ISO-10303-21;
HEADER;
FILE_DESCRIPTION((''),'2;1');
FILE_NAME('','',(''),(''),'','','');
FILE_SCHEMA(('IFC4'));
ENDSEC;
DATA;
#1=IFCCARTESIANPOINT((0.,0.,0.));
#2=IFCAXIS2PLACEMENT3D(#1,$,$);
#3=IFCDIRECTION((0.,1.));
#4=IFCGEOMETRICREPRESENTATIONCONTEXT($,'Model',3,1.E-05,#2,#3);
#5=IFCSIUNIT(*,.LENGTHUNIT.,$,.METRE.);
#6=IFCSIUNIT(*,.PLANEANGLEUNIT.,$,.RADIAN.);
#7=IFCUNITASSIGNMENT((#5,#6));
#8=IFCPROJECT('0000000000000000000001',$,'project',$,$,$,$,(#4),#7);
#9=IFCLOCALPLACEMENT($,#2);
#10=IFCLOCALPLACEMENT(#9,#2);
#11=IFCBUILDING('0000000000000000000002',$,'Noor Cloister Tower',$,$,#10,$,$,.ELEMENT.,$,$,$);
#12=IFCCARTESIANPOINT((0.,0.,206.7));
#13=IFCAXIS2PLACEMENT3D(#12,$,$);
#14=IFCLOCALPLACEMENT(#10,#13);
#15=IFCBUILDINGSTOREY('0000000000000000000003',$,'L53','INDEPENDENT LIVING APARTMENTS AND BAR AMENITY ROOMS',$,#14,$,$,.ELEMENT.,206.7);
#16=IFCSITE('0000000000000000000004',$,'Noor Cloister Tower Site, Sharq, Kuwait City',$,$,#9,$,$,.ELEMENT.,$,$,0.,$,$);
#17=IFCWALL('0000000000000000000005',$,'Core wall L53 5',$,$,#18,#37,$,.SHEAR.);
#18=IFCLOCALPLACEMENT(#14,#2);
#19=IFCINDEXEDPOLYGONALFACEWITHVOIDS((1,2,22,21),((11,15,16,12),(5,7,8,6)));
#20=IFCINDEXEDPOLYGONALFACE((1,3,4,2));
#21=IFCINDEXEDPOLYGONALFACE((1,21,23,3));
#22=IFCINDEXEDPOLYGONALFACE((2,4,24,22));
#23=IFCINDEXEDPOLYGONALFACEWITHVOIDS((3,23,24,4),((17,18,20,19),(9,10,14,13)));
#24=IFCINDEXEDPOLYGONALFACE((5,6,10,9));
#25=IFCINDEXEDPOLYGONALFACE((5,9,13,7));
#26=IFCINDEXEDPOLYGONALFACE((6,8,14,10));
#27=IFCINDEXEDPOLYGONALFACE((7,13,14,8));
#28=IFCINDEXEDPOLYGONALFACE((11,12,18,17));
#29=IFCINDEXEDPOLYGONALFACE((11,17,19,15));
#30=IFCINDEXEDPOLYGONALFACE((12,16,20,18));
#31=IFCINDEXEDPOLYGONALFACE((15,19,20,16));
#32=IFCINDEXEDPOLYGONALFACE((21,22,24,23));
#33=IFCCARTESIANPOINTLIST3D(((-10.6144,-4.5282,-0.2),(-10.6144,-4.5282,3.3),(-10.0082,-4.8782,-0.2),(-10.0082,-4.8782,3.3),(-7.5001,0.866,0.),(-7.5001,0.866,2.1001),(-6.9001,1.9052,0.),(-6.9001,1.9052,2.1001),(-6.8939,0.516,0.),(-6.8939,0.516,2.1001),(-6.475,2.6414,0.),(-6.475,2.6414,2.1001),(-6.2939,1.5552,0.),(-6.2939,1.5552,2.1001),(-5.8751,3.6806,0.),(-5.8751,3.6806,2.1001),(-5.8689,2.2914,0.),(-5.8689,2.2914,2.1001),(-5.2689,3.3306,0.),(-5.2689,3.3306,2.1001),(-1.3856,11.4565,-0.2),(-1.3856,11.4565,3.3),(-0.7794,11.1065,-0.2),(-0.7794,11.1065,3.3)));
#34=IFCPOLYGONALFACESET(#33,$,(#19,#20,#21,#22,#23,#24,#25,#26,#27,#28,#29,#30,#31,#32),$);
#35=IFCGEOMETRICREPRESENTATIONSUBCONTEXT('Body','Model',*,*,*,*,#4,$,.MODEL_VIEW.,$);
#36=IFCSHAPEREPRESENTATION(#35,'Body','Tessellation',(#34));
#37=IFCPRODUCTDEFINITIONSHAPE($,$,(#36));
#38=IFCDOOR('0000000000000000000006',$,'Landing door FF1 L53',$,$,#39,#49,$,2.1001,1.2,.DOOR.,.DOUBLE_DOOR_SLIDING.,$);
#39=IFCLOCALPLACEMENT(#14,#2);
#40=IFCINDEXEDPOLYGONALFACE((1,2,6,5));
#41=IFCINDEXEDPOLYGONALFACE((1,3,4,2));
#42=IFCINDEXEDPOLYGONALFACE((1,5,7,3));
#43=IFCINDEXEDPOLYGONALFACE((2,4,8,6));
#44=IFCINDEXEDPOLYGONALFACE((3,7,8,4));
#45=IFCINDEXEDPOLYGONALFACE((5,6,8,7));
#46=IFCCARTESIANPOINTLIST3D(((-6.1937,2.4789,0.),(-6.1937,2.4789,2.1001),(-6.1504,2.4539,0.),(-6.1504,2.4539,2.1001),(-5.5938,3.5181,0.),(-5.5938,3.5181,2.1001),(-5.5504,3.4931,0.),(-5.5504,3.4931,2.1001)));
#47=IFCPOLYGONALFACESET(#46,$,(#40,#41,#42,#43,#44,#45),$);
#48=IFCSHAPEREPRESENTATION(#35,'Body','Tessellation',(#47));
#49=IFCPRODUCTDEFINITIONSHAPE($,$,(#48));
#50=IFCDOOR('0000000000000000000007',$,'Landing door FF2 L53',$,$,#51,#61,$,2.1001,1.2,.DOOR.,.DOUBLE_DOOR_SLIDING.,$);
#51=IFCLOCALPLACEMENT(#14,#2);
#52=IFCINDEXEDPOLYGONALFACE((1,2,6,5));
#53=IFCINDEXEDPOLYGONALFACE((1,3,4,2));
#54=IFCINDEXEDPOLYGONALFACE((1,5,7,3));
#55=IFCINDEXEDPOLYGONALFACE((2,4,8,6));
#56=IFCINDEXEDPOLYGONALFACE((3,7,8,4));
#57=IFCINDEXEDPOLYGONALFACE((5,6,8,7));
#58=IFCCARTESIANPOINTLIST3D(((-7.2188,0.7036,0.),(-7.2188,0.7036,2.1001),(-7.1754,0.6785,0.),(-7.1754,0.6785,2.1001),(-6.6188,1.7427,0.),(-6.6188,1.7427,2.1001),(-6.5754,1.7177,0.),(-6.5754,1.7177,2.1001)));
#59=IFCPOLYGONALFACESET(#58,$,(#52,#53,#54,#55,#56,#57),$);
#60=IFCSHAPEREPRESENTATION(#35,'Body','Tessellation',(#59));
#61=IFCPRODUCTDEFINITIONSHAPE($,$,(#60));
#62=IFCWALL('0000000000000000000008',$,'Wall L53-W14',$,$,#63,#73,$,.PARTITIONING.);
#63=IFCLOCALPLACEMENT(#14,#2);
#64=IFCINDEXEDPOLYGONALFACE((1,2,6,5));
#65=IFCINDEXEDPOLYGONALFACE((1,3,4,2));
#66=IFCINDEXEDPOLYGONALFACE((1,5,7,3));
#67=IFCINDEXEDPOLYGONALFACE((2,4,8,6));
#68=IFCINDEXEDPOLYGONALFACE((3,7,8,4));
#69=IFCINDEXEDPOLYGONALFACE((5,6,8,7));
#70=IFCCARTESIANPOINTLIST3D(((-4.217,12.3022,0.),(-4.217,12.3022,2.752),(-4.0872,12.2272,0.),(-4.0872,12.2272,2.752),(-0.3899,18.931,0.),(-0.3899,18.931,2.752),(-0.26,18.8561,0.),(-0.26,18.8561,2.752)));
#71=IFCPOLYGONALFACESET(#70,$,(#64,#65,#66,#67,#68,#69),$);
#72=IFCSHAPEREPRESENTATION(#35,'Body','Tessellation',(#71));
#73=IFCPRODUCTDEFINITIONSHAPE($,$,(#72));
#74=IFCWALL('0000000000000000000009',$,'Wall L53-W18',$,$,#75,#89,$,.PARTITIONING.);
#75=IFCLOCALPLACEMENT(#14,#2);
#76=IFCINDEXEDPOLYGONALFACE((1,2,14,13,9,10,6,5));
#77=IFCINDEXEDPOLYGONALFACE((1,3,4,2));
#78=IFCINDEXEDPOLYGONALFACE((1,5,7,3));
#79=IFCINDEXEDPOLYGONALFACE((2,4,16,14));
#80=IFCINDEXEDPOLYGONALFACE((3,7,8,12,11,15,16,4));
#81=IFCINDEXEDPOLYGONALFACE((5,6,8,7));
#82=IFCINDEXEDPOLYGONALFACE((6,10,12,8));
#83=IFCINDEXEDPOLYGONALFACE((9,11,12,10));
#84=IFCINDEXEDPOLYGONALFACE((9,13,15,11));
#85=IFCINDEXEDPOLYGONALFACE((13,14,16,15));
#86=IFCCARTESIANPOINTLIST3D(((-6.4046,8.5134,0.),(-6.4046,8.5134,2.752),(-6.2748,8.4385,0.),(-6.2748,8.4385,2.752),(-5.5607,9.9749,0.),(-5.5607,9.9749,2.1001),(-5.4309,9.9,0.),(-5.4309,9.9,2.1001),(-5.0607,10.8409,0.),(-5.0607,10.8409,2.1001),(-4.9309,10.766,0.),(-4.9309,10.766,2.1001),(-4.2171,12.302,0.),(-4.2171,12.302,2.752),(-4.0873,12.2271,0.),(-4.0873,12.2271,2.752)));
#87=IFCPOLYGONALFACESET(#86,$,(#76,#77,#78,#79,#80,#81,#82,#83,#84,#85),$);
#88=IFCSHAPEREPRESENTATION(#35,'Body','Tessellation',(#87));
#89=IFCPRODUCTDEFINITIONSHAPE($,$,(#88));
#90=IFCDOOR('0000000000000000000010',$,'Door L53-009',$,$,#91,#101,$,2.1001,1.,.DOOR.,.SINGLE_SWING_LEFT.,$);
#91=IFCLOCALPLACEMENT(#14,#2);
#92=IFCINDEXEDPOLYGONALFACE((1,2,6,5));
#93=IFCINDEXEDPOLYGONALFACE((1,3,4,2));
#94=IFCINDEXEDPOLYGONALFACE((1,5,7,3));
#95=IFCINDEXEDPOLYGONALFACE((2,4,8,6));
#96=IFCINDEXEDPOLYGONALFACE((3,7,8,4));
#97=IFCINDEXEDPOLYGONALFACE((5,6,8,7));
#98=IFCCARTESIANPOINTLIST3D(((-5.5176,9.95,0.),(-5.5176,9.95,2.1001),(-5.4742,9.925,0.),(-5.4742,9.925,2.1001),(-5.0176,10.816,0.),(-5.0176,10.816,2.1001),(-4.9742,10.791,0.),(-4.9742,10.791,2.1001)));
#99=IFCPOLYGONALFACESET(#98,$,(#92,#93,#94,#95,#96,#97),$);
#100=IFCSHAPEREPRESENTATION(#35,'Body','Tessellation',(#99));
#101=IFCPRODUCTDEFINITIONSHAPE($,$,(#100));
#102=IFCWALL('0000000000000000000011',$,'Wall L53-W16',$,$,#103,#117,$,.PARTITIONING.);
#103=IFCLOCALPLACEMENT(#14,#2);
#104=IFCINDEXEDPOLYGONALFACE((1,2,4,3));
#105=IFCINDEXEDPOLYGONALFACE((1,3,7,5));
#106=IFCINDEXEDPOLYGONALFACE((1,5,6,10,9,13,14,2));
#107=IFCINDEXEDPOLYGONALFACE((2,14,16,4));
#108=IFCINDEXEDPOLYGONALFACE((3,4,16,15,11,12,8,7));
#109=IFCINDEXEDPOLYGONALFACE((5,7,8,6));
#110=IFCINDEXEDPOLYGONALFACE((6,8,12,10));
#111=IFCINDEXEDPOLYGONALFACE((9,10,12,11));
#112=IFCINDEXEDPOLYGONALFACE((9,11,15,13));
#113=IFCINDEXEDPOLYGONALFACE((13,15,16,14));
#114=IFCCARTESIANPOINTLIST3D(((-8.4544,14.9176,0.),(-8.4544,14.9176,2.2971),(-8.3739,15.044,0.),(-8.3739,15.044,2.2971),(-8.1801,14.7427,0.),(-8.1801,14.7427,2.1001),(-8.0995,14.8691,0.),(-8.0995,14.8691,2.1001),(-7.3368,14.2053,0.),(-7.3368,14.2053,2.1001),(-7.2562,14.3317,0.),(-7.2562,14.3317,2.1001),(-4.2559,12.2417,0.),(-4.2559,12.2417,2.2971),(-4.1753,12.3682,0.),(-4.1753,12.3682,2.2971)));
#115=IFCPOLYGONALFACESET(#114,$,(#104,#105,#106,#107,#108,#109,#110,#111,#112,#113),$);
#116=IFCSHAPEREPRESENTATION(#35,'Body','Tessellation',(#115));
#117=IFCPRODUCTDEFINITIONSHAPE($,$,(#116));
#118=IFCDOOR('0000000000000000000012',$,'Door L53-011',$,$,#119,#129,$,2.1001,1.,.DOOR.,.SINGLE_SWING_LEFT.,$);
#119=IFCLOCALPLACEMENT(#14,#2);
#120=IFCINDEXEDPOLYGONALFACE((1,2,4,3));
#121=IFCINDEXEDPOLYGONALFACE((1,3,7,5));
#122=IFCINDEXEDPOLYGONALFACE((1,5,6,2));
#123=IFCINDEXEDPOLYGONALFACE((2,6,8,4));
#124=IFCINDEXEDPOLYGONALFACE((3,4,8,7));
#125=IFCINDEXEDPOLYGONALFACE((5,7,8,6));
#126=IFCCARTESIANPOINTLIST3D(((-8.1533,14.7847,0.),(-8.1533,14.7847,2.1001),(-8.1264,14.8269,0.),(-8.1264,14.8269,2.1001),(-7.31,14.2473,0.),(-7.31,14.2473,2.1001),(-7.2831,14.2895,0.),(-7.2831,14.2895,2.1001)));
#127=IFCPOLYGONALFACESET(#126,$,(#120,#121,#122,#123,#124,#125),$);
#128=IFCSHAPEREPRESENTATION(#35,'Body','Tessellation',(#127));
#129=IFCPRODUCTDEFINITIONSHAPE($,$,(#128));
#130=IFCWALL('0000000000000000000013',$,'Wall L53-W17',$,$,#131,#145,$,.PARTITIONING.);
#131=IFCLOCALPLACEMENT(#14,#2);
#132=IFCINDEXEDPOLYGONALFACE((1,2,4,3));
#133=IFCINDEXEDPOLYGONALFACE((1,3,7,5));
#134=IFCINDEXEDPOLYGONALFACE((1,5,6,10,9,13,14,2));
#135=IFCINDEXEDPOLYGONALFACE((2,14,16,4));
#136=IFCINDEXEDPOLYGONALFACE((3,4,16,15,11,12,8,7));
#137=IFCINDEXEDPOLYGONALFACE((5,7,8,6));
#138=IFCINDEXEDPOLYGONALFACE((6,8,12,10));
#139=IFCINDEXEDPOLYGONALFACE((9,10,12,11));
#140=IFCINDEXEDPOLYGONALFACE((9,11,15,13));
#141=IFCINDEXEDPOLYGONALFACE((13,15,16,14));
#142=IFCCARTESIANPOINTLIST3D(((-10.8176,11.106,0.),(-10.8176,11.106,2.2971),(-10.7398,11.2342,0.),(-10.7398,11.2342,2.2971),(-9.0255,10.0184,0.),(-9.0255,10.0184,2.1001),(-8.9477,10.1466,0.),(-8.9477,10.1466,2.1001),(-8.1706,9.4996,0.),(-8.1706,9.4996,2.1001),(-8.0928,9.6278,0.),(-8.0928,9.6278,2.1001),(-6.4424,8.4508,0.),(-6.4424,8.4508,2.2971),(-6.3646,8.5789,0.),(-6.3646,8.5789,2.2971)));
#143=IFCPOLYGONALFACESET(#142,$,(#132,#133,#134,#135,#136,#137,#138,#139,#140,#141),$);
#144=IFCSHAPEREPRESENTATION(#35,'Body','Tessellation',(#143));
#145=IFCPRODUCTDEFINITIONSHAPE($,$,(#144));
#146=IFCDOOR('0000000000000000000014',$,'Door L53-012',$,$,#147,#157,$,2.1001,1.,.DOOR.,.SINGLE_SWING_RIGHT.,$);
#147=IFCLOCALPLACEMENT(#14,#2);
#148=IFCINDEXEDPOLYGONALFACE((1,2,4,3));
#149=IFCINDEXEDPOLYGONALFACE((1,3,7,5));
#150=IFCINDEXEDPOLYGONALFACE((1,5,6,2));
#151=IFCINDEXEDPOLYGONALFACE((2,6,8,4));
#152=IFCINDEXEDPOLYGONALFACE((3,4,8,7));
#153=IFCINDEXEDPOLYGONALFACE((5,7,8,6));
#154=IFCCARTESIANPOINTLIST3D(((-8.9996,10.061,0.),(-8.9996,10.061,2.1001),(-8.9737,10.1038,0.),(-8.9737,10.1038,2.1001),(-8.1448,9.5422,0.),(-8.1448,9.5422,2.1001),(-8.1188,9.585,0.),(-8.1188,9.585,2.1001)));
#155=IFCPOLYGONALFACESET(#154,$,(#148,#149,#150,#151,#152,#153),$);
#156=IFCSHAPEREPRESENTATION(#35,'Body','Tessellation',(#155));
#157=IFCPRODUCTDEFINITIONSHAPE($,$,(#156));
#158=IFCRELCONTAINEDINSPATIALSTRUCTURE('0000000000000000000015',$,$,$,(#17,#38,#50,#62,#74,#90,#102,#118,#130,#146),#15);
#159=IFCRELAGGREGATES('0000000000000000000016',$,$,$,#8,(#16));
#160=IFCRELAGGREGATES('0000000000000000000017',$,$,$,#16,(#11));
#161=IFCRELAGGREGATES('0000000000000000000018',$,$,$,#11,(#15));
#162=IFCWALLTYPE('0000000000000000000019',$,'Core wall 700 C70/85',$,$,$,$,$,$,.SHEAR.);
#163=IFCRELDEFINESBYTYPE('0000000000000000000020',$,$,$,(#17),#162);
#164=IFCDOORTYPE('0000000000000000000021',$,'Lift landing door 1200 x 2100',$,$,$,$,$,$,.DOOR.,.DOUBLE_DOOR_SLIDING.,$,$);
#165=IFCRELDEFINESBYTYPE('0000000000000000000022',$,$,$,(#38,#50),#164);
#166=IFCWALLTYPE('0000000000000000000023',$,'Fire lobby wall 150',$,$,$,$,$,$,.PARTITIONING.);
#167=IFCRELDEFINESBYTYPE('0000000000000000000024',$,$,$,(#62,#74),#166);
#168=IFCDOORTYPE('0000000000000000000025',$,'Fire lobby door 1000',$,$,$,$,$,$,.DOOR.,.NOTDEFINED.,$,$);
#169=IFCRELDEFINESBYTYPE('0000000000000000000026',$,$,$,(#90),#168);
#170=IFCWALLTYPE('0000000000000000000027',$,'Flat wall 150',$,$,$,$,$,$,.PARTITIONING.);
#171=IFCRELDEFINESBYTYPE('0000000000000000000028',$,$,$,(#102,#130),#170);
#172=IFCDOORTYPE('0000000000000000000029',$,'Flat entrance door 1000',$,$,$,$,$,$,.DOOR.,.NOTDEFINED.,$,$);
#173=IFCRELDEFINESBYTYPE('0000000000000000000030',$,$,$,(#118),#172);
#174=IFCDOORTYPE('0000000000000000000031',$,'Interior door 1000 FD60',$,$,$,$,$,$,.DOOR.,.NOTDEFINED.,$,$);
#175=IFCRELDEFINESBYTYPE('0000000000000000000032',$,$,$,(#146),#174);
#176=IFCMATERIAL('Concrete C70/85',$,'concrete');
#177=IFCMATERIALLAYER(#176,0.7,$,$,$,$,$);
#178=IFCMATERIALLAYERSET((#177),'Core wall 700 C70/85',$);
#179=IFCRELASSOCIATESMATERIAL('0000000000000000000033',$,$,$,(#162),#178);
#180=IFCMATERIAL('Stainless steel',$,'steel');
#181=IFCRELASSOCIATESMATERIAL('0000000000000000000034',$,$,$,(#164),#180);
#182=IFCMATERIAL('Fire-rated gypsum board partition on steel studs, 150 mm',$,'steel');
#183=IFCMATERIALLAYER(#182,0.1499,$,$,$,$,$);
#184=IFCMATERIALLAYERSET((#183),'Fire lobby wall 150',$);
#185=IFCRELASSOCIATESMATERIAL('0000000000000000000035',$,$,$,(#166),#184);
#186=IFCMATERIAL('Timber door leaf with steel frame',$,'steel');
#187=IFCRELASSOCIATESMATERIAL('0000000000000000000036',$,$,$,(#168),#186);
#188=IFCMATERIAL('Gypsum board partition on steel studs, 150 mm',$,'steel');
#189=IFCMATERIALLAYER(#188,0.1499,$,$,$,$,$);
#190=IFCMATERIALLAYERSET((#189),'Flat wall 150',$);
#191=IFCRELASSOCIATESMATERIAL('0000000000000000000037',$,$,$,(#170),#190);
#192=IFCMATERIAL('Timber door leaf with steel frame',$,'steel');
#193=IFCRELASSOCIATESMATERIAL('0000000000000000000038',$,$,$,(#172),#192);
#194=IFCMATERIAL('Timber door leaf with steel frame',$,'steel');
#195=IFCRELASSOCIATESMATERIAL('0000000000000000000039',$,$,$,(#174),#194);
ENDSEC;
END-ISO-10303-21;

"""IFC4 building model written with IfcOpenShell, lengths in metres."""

from ifc_helpers import new_model, si_unit, direction, frame, frame_2d, origin, place, context, subcontext, project, spatial, rectangle, extrude, material, layer, layer_set, type_object, element, fill, save


model = new_model("IFC4")

# Units and contexts
model_context = context("Model", 3, precision=1e-05, world=origin(), true_north=direction((0.0, 1.0)))
body_context = subcontext(model_context, "Body", "Model", "MODEL_VIEW")
ifc_project = project(units=[si_unit("LENGTHUNIT", "METRE"), si_unit("PLANEANGLEUNIT", "RADIAN")], contexts=[model_context])

# Site, building, storey
site_placement = place(None, origin())
site = spatial("IfcSite", under=ifc_project, at=site_placement, Name="Noor Cloister Tower Site, Sharq, Kuwait City", CompositionType="ELEMENT", RefElevation=0.0)
building_placement = place(site_placement, origin())
building = spatial("IfcBuilding", under=site, at=building_placement, Name="Noor Cloister Tower", CompositionType="ELEMENT")
storey_placement = place(building_placement, frame((0.0, 0.0, 206.7)))
storey = spatial("IfcBuildingStorey", under=building, at=storey_placement, Name="L53", Description="INDEPENDENT LIVING APARTMENTS AND BAR AMENITY ROOMS", CompositionType="ELEMENT", Elevation=206.7)

# Wall, openings, doors
ifc_material_1 = material(Name="Concrete C70/85", Category="concrete")
ifc_layer_1 = layer(ifc_material_1, 0.7)
ifc_layer_set_1 = layer_set([ifc_layer_1], Name="Core wall 700 C70/85")
wall_type_1 = type_object("IfcWallType", Name="Core wall 700 C70/85", PredefinedType="SHEAR", material=ifc_layer_set_1)
wall_1_placement = place(storey_placement, frame((-1.0825, 11.2815, -0.2), z_axis=(0.0, 0.0, 1.0), x_axis=(-0.500001, -0.866025, 0.0)))
wall_1 = element("IfcWall", 1, at=wall_1_placement, inside=storey, type_object=wall_type_1, Name="Core wall L53 5", PredefinedType="SHEAR", context=body_context, shape_type="SweptSolid", body=[
    extrude(rectangle(XDim=18.4575, YDim=0.7, at=frame_2d((9.2288, 0.0))), origin(), (0.0, 0.0, 1.0), 3.5),
])
opening_1_placement = place(wall_1_placement, frame((8.9788, 0.0, 0.2)))
opening_1 = element("IfcOpeningElement", 2, at=opening_1_placement, cuts=wall_1, PredefinedType="OPENING", context=body_context, shape_type="SweptSolid", body=[
    extrude(rectangle(XDim=1.2, YDim=2.1001, at=frame_2d((0.6001, 1.05))), frame((0.0, 0.3599, 0.0), z_axis=(0.0, -1.0, 0.0), x_axis=(1.0, 0.0, 0.0)), (0.0, 0.0, 1.0), 0.72),
])
opening_2_placement = place(wall_1_placement, frame((11.0288, 0.0, 0.2)))
opening_2 = element("IfcOpeningElement", 3, at=opening_2_placement, cuts=wall_1, PredefinedType="OPENING", context=body_context, shape_type="SweptSolid", body=[
    extrude(rectangle(XDim=1.2, YDim=2.1001, at=frame_2d((0.6001, 1.05))), frame((0.0, 0.3599, 0.0), z_axis=(0.0, -1.0, 0.0), x_axis=(1.0, 0.0, 0.0)), (0.0, 0.0, 1.0), 0.72),
])
ifc_material_2 = material(Name="Stainless steel", Category="steel")
door_type_1 = type_object("IfcDoorType", Name="Lift landing door 1200 x 2100", OperationType="DOUBLE_DOOR_SLIDING", PredefinedType="DOOR", material=ifc_material_2)
door_1_placement = place(opening_1_placement, origin())
door_1 = element("IfcDoor", 4, at=door_1_placement, inside=storey, type_object=door_type_1, Name="Landing door FF1 L53", OperationType="DOUBLE_DOOR_SLIDING", OverallHeight=2.1001, OverallWidth=1.2, PredefinedType="DOOR", context=body_context, shape_type="SweptSolid", body=[
    extrude(rectangle(XDim=1.2, YDim=2.1001, at=frame_2d((0.6001, 1.05))), frame((0.0, 0.0249, 0.0), z_axis=(0.0, -1.0, 0.0), x_axis=(1.0, 0.0, 0.0)), (0.0, 0.0, 1.0), 0.05),
])
fill(opening_1, door_1)
door_2_placement = place(opening_2_placement, origin())
door_2 = element("IfcDoor", 5, at=door_2_placement, inside=storey, type_object=door_type_1, Name="Landing door FF2 L53", OperationType="DOUBLE_DOOR_SLIDING", OverallHeight=2.1001, OverallWidth=1.2, PredefinedType="DOOR", context=body_context, shape_type="SweptSolid", body=[
    extrude(rectangle(XDim=1.2, YDim=2.1001, at=frame_2d((0.6001, 1.05))), frame((0.0, 0.0249, 0.0), z_axis=(0.0, -1.0, 0.0), x_axis=(1.0, 0.0, 0.0)), (0.0, 0.0, 1.0), 0.05),
])
fill(opening_2, door_2)

# Wall
ifc_material_3 = material(Name="Fire-rated gypsum board partition on steel studs, 150 mm", Category="steel")
ifc_layer_2 = layer(ifc_material_3, 0.1499)
ifc_layer_set_2 = layer_set([ifc_layer_2], Name="Fire lobby wall 150")
wall_type_2 = type_object("IfcWallType", Name="Fire lobby wall 150", PredefinedType="PARTITIONING", material=ifc_layer_set_2)
wall_2_placement = place(storey_placement, frame((-0.325, 18.8936, 0.0), z_axis=(0.0, 0.0, 1.0), x_axis=(-0.499995, -0.866028, 0.0)))
element("IfcWall", 6, at=wall_2_placement, inside=storey, type_object=wall_type_2, Name="Wall L53-W14", PredefinedType="PARTITIONING", context=body_context, shape_type="SweptSolid", body=[
    extrude(rectangle(XDim=7.6543, YDim=0.1499, at=frame_2d((3.8271, 0.0))), origin(), (0.0, 0.0, 1.0), 2.752),
])

# Walls, openings, doors
wall_3_placement = place(storey_placement, frame((-4.1521, 12.2646, 0.0), z_axis=(0.0, 0.0, 1.0), x_axis=(-0.500028, -0.866009, 0.0)))
wall_3 = element("IfcWall", 7, at=wall_3_placement, inside=storey, type_object=wall_type_2, Name="Wall L53-W18", PredefinedType="PARTITIONING", context=body_context, shape_type="SweptSolid", body=[
    extrude(rectangle(XDim=4.3748, YDim=0.1499, at=frame_2d((2.1875, 0.0))), origin(), (0.0, 0.0, 1.0), 2.752),
])
opening_3_placement = place(wall_3_placement, frame((1.6873, 0.0, 0.0)))
opening_3 = element("IfcOpeningElement", 8, at=opening_3_placement, cuts=wall_3, PredefinedType="OPENING", context=body_context, shape_type="SweptSolid", body=[
    extrude(rectangle(XDim=1.0, YDim=2.1001, at=frame_2d((0.5, 1.05))), frame((0.0, 0.085, 0.0), z_axis=(0.0, -1.0, 0.0), x_axis=(1.0, 0.0, 0.0)), (0.0, 0.0, 1.0), 0.1699),
])
ifc_material_4 = material(Name="Timber door leaf with steel frame", Category="steel")
door_type_2 = type_object("IfcDoorType", Name="Fire lobby door 1000", OperationType="NOTDEFINED", PredefinedType="DOOR", material=ifc_material_4)
door_3_placement = place(opening_3_placement, origin())
door_3 = element("IfcDoor", 9, at=door_3_placement, inside=storey, type_object=door_type_2, Name="Door L53-009", OperationType="SINGLE_SWING_LEFT", OverallHeight=2.1001, OverallWidth=1.0, PredefinedType="DOOR", context=body_context, shape_type="SweptSolid", body=[
    extrude(rectangle(XDim=1.0, YDim=2.1001, at=frame_2d((0.5, 1.05))), frame((0.0, 0.0249, 0.0), z_axis=(0.0, -1.0, 0.0), x_axis=(1.0, 0.0, 0.0)), (0.0, 0.0, 1.0), 0.05),
])
fill(opening_3, door_3)
ifc_material_5 = material(Name="Gypsum board partition on steel studs, 150 mm", Category="steel")
ifc_layer_3 = layer(ifc_material_5, 0.1499)
ifc_layer_set_3 = layer_set([ifc_layer_3], Name="Flat wall 150")
wall_type_3 = type_object("IfcWallType", Name="Flat wall 150", PredefinedType="PARTITIONING", material=ifc_layer_set_3)
wall_4_placement = place(storey_placement, frame((-8.4141, 14.9807, 0.0), z_axis=(0.0, 0.0, 1.0), x_axis=(0.843296, -0.53745, 0.0)))
wall_4 = element("IfcWall", 10, at=wall_4_placement, inside=storey, type_object=wall_type_3, Name="Wall L53-W16", PredefinedType="PARTITIONING", context=body_context, shape_type="SweptSolid", body=[
    extrude(rectangle(XDim=4.9788, YDim=0.1499, at=frame_2d((2.4893, 0.0))), origin(), (0.0, 0.0, 1.0), 2.2971),
])
opening_4_placement = place(wall_4_placement, frame((0.3252, 0.0, 0.0)))
opening_4 = element("IfcOpeningElement", 11, at=opening_4_placement, cuts=wall_4, PredefinedType="OPENING", context=body_context, shape_type="SweptSolid", body=[
    extrude(rectangle(XDim=1.0, YDim=2.1001, at=frame_2d((0.5, 1.05))), frame((0.0, 0.085, 0.0), z_axis=(0.0, -1.0, 0.0), x_axis=(1.0, 0.0, 0.0)), (0.0, 0.0, 1.0), 0.1699),
])
ifc_material_6 = material(Name="Timber door leaf with steel frame", Category="steel")
door_type_3 = type_object("IfcDoorType", Name="Flat entrance door 1000", OperationType="NOTDEFINED", PredefinedType="DOOR", material=ifc_material_6)
door_4_placement = place(opening_4_placement, origin())
door_4 = element("IfcDoor", 12, at=door_4_placement, inside=storey, type_object=door_type_3, Name="Door L53-011", OperationType="SINGLE_SWING_LEFT", OverallHeight=2.1001, OverallWidth=1.0, PredefinedType="DOOR", context=body_context, shape_type="SweptSolid", body=[
    extrude(rectangle(XDim=1.0, YDim=2.1001, at=frame_2d((0.5, 1.05))), frame((0.0, 0.0249, 0.0), z_axis=(0.0, -1.0, 0.0), x_axis=(1.0, 0.0, 0.0)), (0.0, 0.0, 1.0), 0.05),
])
fill(opening_4, door_4)
wall_5_placement = place(storey_placement, frame((-10.7788, 11.1702, 0.0), z_axis=(0.0, 0.0, 1.0), x_axis=(0.854885, -0.518818, 0.0)))
wall_5 = element("IfcWall", 13, at=wall_5_placement, inside=storey, type_object=wall_type_3, Name="Wall L53-W17", PredefinedType="PARTITIONING", context=body_context, shape_type="SweptSolid", body=[
    extrude(rectangle(XDim=5.1179, YDim=0.1499, at=frame_2d((2.5591, 0.0))), origin(), (0.0, 0.0, 1.0), 2.2971),
])
opening_5_placement = place(wall_5_placement, frame((2.0964, 0.0, 0.0)))
opening_5 = element("IfcOpeningElement", 14, at=opening_5_placement, cuts=wall_5, PredefinedType="OPENING", context=body_context, shape_type="SweptSolid", body=[
    extrude(rectangle(XDim=1.0, YDim=2.1001, at=frame_2d((0.5, 1.05))), frame((0.0, 0.085, 0.0), z_axis=(0.0, -1.0, 0.0), x_axis=(1.0, 0.0, 0.0)), (0.0, 0.0, 1.0), 0.1699),
])
ifc_material_7 = material(Name="Timber door leaf with steel frame", Category="steel")
door_type_4 = type_object("IfcDoorType", Name="Interior door 1000 FD60", OperationType="NOTDEFINED", PredefinedType="DOOR", material=ifc_material_7)
door_5_placement = place(opening_5_placement, origin())
door_5 = element("IfcDoor", 15, at=door_5_placement, inside=storey, type_object=door_type_4, Name="Door L53-012", OperationType="SINGLE_SWING_RIGHT", OverallHeight=2.1001, OverallWidth=1.0, PredefinedType="DOOR", context=body_context, shape_type="SweptSolid", body=[
    extrude(rectangle(XDim=1.0, YDim=2.1001, at=frame_2d((0.5, 1.05))), frame((0.0, 0.0249, 0.0), z_axis=(0.0, -1.0, 0.0), x_axis=(1.0, 0.0, 0.0)), (0.0, 0.0, 1.0), 0.05),
])
fill(opening_5, door_5)

save(model, "model.ifc")
